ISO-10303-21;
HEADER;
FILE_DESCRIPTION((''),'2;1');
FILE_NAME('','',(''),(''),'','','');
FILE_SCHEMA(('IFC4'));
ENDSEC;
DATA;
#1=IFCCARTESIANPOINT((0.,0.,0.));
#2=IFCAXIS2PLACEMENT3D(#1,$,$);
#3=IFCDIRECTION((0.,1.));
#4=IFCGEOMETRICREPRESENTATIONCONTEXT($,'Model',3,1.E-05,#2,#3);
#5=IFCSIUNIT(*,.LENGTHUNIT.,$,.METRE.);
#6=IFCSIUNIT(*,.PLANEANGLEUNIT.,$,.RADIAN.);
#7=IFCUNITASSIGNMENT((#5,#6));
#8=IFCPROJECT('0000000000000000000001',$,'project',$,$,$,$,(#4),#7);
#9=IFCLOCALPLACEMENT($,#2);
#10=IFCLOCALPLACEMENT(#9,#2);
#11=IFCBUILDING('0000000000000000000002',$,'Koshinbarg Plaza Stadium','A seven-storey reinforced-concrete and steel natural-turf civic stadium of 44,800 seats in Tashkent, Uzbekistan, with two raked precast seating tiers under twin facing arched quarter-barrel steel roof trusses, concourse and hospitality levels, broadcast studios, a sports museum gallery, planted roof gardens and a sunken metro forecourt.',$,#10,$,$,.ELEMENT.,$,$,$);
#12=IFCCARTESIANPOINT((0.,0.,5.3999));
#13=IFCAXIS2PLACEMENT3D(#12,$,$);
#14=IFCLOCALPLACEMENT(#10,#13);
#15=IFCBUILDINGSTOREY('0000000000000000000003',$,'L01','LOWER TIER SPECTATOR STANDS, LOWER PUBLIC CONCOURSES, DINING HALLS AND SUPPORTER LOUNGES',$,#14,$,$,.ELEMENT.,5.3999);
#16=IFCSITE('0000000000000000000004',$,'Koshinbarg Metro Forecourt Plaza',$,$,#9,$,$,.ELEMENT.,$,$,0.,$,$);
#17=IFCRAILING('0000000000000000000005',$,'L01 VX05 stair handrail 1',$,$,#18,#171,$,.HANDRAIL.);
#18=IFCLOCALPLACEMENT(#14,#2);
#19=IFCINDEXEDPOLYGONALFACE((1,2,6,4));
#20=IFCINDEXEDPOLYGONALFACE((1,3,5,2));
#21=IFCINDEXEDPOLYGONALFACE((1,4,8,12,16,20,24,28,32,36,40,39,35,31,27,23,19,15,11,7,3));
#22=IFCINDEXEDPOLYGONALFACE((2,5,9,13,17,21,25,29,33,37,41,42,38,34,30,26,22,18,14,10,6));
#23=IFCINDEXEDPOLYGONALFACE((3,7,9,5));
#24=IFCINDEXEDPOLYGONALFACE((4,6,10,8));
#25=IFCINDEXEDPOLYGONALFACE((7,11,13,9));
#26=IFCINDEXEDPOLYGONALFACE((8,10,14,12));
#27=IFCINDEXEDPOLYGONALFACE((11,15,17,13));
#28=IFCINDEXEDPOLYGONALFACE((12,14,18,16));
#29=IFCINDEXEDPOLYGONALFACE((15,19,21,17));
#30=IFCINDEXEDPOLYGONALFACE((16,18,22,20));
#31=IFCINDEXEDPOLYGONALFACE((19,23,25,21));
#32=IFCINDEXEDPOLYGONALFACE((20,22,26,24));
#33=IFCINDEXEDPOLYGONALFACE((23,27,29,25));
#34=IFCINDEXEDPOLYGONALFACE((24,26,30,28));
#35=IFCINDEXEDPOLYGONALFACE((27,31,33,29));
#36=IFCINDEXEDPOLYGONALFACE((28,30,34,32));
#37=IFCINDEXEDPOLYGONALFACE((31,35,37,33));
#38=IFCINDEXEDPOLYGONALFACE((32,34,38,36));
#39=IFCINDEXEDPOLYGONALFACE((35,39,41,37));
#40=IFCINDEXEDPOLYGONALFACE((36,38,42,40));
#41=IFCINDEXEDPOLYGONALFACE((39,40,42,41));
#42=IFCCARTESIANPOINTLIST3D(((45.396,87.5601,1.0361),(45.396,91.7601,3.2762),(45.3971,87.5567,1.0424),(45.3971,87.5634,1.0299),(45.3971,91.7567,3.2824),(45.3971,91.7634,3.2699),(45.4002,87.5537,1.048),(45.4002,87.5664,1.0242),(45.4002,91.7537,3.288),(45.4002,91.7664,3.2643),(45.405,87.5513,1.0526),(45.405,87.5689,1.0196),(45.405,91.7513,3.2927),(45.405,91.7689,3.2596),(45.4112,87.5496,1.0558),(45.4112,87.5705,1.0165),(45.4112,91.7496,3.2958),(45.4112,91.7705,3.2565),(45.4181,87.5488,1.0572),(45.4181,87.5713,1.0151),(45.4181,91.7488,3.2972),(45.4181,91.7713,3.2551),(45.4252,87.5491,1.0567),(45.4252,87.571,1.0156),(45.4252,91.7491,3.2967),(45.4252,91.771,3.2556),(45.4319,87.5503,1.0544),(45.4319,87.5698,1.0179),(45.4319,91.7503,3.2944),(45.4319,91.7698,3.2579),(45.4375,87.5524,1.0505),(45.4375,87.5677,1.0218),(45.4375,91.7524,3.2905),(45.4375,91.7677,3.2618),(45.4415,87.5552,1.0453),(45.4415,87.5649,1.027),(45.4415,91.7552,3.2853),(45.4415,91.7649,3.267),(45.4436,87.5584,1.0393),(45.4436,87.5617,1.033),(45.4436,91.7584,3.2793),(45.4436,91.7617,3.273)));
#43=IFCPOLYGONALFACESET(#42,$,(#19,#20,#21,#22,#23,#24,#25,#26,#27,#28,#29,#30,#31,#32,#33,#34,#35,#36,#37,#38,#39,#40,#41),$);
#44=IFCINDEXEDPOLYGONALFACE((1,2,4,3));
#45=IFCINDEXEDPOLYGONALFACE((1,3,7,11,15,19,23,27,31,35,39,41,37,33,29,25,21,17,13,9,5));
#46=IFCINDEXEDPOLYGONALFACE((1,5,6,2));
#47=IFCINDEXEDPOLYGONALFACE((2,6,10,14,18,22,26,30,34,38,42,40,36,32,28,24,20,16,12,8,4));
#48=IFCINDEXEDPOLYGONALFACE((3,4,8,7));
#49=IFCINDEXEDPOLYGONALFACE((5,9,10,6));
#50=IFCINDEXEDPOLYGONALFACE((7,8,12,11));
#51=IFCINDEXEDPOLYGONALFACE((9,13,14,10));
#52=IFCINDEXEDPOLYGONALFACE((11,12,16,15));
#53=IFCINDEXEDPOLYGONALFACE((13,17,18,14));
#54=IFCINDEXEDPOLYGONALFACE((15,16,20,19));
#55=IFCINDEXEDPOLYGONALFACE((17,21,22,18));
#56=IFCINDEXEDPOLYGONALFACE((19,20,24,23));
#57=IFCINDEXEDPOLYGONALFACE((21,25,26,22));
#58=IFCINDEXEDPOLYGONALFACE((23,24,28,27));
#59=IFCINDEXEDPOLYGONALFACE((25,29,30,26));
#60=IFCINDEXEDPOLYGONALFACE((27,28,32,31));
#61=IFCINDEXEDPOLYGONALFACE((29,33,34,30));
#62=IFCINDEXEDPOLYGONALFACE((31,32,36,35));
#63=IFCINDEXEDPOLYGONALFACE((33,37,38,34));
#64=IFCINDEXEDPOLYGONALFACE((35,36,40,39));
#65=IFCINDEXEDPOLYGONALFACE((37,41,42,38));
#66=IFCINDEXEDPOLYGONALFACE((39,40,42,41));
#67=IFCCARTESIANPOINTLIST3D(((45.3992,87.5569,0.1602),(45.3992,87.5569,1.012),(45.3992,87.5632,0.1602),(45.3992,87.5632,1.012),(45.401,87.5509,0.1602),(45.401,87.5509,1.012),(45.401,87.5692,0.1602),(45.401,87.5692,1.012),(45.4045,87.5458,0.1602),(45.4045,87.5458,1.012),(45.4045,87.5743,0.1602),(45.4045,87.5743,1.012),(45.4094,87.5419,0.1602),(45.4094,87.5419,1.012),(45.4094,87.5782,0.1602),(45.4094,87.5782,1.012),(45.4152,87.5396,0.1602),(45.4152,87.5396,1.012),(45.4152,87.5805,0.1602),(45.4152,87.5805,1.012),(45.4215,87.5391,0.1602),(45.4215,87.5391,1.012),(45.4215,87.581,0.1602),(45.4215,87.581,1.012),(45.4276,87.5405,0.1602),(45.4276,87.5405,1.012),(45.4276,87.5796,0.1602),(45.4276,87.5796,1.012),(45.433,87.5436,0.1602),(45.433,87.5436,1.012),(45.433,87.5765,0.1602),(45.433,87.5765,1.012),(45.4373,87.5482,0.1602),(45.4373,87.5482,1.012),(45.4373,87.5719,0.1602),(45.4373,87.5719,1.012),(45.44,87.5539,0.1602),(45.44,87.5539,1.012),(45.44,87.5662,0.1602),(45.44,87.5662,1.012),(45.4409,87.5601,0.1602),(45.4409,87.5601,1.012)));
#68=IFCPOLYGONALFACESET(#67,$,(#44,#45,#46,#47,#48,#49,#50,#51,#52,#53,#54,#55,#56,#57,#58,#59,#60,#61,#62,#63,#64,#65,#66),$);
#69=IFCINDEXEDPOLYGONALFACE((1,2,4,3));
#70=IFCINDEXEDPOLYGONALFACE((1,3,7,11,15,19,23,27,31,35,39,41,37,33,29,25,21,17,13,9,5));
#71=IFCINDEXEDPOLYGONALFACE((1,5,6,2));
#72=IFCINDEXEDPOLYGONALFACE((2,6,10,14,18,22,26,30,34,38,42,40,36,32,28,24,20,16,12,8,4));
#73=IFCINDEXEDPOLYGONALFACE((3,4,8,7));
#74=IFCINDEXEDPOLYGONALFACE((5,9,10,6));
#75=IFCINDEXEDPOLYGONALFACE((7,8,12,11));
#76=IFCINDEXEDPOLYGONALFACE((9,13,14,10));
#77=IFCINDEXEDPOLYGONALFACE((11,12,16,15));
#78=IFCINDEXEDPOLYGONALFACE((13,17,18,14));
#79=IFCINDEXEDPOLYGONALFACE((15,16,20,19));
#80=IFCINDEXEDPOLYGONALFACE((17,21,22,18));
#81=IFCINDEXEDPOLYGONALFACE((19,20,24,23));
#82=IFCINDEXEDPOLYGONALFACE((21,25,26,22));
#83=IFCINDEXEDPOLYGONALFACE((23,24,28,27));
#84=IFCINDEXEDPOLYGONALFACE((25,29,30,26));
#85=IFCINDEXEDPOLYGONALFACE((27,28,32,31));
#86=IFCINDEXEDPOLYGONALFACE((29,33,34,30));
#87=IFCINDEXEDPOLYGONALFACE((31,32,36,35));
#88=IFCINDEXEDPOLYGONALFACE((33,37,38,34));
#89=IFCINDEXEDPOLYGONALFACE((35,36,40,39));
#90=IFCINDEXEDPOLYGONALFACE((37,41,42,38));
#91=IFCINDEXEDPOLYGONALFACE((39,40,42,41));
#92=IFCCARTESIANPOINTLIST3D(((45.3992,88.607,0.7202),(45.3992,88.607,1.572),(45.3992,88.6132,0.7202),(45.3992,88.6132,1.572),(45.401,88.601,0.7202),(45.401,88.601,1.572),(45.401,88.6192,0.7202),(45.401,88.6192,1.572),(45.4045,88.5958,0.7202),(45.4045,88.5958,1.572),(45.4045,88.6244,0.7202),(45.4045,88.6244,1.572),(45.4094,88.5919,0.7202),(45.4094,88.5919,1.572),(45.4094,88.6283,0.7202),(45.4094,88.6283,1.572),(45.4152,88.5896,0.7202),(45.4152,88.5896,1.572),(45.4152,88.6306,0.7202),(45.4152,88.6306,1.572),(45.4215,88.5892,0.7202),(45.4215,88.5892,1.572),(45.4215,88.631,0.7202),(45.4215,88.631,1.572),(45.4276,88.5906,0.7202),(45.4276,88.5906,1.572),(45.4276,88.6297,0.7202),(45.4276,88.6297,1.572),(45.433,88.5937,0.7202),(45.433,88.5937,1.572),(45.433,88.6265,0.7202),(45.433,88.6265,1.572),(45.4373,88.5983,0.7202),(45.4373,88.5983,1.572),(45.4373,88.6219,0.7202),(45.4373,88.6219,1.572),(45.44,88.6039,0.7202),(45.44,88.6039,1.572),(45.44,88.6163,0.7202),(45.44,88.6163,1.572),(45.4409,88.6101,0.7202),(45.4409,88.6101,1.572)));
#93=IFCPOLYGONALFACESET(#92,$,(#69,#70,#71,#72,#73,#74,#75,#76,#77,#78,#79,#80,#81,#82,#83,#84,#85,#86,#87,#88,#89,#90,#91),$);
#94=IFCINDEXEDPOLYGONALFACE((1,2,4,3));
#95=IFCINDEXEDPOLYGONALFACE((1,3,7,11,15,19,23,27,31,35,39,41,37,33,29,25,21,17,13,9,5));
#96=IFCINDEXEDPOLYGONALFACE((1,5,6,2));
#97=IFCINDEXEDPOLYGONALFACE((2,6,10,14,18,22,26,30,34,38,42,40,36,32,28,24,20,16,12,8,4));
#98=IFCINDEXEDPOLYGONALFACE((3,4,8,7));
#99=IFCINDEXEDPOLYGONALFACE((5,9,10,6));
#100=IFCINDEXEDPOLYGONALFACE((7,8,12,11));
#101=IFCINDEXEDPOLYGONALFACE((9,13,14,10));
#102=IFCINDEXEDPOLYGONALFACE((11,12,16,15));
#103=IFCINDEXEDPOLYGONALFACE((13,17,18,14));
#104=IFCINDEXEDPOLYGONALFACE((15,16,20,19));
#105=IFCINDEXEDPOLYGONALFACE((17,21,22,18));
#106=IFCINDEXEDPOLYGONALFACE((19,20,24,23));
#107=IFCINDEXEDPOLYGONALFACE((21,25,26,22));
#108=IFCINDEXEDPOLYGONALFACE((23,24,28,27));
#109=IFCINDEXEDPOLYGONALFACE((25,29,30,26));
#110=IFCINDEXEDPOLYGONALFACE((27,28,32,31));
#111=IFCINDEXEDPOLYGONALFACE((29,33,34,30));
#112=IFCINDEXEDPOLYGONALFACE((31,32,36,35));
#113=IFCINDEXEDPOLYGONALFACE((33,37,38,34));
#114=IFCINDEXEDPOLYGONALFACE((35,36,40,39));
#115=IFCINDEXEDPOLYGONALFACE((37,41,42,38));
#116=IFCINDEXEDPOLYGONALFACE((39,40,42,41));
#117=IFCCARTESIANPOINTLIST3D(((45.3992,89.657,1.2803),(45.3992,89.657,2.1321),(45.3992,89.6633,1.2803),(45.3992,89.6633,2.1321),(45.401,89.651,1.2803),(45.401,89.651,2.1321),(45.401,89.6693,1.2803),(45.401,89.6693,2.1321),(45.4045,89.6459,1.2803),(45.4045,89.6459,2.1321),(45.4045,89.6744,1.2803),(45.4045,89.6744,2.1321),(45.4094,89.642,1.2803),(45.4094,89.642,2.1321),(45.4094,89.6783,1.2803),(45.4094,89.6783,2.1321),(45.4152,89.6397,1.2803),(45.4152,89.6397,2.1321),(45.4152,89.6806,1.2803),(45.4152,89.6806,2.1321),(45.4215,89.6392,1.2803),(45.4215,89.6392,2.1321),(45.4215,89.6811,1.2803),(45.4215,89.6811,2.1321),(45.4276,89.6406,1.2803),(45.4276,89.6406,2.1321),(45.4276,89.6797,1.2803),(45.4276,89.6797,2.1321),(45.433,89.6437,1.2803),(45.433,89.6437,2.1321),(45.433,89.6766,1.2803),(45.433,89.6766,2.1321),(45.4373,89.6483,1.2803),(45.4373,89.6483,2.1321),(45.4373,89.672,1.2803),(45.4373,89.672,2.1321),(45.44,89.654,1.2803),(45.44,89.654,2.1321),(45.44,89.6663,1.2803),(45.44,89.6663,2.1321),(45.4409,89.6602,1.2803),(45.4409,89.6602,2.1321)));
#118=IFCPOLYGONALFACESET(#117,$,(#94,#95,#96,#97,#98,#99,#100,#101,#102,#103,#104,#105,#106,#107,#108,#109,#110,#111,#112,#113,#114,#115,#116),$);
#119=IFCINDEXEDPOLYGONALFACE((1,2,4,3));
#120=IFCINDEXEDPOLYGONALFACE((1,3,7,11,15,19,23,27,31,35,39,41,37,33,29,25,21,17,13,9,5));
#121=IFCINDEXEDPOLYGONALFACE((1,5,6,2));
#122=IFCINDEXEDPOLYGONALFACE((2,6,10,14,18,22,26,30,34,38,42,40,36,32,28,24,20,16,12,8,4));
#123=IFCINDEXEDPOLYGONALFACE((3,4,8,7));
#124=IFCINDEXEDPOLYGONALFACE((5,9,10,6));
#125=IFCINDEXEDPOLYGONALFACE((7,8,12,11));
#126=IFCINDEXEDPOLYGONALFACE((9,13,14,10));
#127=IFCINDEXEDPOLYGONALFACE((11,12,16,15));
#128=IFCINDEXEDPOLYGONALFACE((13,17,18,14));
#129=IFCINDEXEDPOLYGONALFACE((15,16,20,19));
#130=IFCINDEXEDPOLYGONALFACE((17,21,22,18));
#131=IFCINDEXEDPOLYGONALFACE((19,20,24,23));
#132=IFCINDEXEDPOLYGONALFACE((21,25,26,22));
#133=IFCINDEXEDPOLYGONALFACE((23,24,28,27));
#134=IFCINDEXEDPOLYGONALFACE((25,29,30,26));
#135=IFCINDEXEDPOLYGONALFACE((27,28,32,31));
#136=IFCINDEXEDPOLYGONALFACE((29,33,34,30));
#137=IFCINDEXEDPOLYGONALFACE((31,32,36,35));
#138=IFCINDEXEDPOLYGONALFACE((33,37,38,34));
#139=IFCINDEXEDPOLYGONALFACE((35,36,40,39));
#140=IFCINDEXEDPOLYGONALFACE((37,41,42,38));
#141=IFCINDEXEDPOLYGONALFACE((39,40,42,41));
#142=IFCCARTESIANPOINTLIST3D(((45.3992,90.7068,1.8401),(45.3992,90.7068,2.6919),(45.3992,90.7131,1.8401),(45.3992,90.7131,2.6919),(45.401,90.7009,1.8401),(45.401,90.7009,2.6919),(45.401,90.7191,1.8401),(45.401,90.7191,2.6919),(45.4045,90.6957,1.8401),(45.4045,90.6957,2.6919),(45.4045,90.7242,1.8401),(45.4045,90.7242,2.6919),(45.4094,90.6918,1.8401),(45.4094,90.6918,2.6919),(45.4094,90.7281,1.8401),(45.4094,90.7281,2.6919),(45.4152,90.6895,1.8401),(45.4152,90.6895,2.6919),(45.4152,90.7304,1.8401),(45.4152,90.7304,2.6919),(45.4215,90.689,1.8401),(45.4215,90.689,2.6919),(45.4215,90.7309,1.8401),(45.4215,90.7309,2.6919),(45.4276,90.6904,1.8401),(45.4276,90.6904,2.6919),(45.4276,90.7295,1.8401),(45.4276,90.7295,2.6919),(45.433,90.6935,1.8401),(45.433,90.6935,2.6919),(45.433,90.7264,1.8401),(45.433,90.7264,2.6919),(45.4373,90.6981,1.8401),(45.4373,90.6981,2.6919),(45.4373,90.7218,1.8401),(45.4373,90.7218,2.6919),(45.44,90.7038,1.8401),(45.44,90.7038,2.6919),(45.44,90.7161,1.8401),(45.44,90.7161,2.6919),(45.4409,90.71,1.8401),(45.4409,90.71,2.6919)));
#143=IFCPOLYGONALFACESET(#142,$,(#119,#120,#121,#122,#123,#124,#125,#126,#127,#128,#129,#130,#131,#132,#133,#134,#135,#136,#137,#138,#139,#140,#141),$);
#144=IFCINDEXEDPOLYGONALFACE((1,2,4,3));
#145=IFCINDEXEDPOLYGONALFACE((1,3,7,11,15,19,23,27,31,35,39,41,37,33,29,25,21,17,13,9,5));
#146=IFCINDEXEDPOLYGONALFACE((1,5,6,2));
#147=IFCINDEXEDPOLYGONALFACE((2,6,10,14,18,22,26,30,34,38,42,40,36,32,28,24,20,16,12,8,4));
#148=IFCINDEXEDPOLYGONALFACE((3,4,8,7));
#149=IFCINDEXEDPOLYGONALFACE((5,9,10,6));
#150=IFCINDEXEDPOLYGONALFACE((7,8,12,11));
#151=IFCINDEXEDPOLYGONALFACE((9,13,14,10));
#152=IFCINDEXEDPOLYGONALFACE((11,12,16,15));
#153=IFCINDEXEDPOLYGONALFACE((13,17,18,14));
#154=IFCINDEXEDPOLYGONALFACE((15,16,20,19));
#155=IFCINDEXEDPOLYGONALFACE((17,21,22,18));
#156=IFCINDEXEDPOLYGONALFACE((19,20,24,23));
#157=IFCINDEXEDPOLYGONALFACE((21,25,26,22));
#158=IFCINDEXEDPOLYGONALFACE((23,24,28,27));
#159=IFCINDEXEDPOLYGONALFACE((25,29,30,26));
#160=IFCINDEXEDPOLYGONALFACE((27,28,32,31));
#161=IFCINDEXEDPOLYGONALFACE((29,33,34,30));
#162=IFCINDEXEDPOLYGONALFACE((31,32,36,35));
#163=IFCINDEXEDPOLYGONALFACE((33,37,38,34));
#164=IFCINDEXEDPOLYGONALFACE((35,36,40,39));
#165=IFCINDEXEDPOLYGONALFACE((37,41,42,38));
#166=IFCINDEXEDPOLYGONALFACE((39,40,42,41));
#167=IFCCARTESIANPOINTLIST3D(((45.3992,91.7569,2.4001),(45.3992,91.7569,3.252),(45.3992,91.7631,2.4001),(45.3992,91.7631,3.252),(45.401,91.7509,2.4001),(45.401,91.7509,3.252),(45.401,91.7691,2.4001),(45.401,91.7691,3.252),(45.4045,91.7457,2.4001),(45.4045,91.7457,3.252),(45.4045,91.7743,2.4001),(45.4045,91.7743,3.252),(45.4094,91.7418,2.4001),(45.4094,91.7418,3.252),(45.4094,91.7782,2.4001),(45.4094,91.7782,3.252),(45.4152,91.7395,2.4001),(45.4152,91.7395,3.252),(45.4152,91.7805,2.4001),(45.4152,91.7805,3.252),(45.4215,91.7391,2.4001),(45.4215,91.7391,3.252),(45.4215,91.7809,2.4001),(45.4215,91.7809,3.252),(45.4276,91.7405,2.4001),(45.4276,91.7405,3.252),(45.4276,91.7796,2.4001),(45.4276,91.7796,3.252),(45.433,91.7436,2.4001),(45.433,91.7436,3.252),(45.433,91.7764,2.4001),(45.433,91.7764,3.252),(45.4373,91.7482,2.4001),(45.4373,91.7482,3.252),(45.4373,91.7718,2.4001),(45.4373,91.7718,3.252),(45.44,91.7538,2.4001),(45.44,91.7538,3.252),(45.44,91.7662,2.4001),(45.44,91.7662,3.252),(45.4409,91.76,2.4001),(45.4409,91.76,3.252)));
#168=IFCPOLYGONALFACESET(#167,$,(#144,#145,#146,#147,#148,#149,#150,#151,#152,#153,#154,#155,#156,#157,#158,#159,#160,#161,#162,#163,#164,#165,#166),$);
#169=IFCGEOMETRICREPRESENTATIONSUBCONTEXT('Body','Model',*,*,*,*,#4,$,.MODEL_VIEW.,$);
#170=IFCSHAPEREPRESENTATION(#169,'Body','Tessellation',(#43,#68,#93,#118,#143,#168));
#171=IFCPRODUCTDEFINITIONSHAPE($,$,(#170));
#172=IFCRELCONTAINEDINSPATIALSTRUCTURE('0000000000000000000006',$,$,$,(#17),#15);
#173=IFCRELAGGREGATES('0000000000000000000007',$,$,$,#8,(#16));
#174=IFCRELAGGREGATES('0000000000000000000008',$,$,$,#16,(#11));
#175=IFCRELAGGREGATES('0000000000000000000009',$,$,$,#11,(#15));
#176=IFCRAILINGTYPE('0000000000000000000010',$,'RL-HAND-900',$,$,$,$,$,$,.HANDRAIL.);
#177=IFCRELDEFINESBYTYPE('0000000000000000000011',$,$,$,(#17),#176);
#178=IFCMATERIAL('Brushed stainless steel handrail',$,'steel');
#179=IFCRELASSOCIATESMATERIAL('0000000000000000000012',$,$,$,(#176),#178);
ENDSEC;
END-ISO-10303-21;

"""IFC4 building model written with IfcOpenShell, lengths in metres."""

from ifc_helpers import new_model, si_unit, direction, frame, origin, origin_2d, place, context, subcontext, project, spatial, circle, extrude, material, type_object, element, save


model = new_model("IFC4")

# Units and contexts
model_context = context("Model", 3, precision=1e-05, world=origin(), true_north=direction((0.0, 1.0)))
body_context = subcontext(model_context, "Body", "Model", "MODEL_VIEW")
ifc_project = project(units=[si_unit("LENGTHUNIT", "METRE"), si_unit("PLANEANGLEUNIT", "RADIAN")], contexts=[model_context])

# Site, building, storey
site_placement = place(None, origin())
site = spatial("IfcSite", under=ifc_project, at=site_placement, Name="Koshinbarg Metro Forecourt Plaza", CompositionType="ELEMENT", RefElevation=0.0)
building_placement = place(site_placement, origin())
building = spatial("IfcBuilding", under=site, at=building_placement, Name="Koshinbarg Plaza Stadium", Description="A seven-storey reinforced-concrete and steel natural-turf civic stadium of 44,800 seats in Tashkent, Uzbekistan, with two raked precast seating tiers under twin facing arched quarter-barrel steel roof trusses, concourse and hospitality levels, broadcast studios, a sports museum gallery, planted roof gardens and a sunken metro forecourt.", CompositionType="ELEMENT")
storey_placement = place(building_placement, frame((0.0, 0.0, 5.3999)))
storey = spatial("IfcBuildingStorey", under=building, at=storey_placement, Name="L01", Description="LOWER TIER SPECTATOR STANDS, LOWER PUBLIC CONCOURSES, DINING HALLS AND SUPPORTER LOUNGES", CompositionType="ELEMENT", Elevation=5.3999)

# Railing
ifc_material_1 = material(Name="Brushed stainless steel handrail", Category="steel")
railing_type_1 = type_object("IfcRailingType", Name="RL-HAND-900", PredefinedType="HANDRAIL", material=ifc_material_1)
for number, where, name in (
    (1, (45.4199, 87.5601, 0.1602), "L01 VX05 stair handrail 1"),
):
    element("IfcRailing", number, at=place(storey_placement, frame(where)), inside=storey, type_object=railing_type_1, Name=name, PredefinedType="HANDRAIL", context=body_context, shape_type="SweptSolid", body=[
        extrude(circle(Radius=0.0239, at=origin_2d()), frame((0.0, 0.0, 0.876), z_axis=(0.0, 0.882352, 0.470591), x_axis=(-1.0, 0.0, 0.0)), (0.0, 0.0, 1.0), 4.76),
        extrude(circle(Radius=0.021, at=origin_2d()), origin(), (0.0, 0.0, 1.0), 0.8518),
        extrude(circle(Radius=0.021, at=origin_2d()), frame((0.0, 1.05, 0.5601)), (0.0, 0.0, 1.0), 0.8518),
        extrude(circle(Radius=0.021, at=origin_2d()), frame((0.0, 2.1001, 1.1201)), (0.0, 0.0, 1.0), 0.8518),
        extrude(circle(Radius=0.021, at=origin_2d()), frame((0.0, 3.1499, 1.6799)), (0.0, 0.0, 1.0), 0.8518),
        extrude(circle(Radius=0.021, at=origin_2d()), frame((0.0, 4.2, 2.24)), (0.0, 0.0, 1.0), 0.8518),
    ])

save(model, "model.ifc")
